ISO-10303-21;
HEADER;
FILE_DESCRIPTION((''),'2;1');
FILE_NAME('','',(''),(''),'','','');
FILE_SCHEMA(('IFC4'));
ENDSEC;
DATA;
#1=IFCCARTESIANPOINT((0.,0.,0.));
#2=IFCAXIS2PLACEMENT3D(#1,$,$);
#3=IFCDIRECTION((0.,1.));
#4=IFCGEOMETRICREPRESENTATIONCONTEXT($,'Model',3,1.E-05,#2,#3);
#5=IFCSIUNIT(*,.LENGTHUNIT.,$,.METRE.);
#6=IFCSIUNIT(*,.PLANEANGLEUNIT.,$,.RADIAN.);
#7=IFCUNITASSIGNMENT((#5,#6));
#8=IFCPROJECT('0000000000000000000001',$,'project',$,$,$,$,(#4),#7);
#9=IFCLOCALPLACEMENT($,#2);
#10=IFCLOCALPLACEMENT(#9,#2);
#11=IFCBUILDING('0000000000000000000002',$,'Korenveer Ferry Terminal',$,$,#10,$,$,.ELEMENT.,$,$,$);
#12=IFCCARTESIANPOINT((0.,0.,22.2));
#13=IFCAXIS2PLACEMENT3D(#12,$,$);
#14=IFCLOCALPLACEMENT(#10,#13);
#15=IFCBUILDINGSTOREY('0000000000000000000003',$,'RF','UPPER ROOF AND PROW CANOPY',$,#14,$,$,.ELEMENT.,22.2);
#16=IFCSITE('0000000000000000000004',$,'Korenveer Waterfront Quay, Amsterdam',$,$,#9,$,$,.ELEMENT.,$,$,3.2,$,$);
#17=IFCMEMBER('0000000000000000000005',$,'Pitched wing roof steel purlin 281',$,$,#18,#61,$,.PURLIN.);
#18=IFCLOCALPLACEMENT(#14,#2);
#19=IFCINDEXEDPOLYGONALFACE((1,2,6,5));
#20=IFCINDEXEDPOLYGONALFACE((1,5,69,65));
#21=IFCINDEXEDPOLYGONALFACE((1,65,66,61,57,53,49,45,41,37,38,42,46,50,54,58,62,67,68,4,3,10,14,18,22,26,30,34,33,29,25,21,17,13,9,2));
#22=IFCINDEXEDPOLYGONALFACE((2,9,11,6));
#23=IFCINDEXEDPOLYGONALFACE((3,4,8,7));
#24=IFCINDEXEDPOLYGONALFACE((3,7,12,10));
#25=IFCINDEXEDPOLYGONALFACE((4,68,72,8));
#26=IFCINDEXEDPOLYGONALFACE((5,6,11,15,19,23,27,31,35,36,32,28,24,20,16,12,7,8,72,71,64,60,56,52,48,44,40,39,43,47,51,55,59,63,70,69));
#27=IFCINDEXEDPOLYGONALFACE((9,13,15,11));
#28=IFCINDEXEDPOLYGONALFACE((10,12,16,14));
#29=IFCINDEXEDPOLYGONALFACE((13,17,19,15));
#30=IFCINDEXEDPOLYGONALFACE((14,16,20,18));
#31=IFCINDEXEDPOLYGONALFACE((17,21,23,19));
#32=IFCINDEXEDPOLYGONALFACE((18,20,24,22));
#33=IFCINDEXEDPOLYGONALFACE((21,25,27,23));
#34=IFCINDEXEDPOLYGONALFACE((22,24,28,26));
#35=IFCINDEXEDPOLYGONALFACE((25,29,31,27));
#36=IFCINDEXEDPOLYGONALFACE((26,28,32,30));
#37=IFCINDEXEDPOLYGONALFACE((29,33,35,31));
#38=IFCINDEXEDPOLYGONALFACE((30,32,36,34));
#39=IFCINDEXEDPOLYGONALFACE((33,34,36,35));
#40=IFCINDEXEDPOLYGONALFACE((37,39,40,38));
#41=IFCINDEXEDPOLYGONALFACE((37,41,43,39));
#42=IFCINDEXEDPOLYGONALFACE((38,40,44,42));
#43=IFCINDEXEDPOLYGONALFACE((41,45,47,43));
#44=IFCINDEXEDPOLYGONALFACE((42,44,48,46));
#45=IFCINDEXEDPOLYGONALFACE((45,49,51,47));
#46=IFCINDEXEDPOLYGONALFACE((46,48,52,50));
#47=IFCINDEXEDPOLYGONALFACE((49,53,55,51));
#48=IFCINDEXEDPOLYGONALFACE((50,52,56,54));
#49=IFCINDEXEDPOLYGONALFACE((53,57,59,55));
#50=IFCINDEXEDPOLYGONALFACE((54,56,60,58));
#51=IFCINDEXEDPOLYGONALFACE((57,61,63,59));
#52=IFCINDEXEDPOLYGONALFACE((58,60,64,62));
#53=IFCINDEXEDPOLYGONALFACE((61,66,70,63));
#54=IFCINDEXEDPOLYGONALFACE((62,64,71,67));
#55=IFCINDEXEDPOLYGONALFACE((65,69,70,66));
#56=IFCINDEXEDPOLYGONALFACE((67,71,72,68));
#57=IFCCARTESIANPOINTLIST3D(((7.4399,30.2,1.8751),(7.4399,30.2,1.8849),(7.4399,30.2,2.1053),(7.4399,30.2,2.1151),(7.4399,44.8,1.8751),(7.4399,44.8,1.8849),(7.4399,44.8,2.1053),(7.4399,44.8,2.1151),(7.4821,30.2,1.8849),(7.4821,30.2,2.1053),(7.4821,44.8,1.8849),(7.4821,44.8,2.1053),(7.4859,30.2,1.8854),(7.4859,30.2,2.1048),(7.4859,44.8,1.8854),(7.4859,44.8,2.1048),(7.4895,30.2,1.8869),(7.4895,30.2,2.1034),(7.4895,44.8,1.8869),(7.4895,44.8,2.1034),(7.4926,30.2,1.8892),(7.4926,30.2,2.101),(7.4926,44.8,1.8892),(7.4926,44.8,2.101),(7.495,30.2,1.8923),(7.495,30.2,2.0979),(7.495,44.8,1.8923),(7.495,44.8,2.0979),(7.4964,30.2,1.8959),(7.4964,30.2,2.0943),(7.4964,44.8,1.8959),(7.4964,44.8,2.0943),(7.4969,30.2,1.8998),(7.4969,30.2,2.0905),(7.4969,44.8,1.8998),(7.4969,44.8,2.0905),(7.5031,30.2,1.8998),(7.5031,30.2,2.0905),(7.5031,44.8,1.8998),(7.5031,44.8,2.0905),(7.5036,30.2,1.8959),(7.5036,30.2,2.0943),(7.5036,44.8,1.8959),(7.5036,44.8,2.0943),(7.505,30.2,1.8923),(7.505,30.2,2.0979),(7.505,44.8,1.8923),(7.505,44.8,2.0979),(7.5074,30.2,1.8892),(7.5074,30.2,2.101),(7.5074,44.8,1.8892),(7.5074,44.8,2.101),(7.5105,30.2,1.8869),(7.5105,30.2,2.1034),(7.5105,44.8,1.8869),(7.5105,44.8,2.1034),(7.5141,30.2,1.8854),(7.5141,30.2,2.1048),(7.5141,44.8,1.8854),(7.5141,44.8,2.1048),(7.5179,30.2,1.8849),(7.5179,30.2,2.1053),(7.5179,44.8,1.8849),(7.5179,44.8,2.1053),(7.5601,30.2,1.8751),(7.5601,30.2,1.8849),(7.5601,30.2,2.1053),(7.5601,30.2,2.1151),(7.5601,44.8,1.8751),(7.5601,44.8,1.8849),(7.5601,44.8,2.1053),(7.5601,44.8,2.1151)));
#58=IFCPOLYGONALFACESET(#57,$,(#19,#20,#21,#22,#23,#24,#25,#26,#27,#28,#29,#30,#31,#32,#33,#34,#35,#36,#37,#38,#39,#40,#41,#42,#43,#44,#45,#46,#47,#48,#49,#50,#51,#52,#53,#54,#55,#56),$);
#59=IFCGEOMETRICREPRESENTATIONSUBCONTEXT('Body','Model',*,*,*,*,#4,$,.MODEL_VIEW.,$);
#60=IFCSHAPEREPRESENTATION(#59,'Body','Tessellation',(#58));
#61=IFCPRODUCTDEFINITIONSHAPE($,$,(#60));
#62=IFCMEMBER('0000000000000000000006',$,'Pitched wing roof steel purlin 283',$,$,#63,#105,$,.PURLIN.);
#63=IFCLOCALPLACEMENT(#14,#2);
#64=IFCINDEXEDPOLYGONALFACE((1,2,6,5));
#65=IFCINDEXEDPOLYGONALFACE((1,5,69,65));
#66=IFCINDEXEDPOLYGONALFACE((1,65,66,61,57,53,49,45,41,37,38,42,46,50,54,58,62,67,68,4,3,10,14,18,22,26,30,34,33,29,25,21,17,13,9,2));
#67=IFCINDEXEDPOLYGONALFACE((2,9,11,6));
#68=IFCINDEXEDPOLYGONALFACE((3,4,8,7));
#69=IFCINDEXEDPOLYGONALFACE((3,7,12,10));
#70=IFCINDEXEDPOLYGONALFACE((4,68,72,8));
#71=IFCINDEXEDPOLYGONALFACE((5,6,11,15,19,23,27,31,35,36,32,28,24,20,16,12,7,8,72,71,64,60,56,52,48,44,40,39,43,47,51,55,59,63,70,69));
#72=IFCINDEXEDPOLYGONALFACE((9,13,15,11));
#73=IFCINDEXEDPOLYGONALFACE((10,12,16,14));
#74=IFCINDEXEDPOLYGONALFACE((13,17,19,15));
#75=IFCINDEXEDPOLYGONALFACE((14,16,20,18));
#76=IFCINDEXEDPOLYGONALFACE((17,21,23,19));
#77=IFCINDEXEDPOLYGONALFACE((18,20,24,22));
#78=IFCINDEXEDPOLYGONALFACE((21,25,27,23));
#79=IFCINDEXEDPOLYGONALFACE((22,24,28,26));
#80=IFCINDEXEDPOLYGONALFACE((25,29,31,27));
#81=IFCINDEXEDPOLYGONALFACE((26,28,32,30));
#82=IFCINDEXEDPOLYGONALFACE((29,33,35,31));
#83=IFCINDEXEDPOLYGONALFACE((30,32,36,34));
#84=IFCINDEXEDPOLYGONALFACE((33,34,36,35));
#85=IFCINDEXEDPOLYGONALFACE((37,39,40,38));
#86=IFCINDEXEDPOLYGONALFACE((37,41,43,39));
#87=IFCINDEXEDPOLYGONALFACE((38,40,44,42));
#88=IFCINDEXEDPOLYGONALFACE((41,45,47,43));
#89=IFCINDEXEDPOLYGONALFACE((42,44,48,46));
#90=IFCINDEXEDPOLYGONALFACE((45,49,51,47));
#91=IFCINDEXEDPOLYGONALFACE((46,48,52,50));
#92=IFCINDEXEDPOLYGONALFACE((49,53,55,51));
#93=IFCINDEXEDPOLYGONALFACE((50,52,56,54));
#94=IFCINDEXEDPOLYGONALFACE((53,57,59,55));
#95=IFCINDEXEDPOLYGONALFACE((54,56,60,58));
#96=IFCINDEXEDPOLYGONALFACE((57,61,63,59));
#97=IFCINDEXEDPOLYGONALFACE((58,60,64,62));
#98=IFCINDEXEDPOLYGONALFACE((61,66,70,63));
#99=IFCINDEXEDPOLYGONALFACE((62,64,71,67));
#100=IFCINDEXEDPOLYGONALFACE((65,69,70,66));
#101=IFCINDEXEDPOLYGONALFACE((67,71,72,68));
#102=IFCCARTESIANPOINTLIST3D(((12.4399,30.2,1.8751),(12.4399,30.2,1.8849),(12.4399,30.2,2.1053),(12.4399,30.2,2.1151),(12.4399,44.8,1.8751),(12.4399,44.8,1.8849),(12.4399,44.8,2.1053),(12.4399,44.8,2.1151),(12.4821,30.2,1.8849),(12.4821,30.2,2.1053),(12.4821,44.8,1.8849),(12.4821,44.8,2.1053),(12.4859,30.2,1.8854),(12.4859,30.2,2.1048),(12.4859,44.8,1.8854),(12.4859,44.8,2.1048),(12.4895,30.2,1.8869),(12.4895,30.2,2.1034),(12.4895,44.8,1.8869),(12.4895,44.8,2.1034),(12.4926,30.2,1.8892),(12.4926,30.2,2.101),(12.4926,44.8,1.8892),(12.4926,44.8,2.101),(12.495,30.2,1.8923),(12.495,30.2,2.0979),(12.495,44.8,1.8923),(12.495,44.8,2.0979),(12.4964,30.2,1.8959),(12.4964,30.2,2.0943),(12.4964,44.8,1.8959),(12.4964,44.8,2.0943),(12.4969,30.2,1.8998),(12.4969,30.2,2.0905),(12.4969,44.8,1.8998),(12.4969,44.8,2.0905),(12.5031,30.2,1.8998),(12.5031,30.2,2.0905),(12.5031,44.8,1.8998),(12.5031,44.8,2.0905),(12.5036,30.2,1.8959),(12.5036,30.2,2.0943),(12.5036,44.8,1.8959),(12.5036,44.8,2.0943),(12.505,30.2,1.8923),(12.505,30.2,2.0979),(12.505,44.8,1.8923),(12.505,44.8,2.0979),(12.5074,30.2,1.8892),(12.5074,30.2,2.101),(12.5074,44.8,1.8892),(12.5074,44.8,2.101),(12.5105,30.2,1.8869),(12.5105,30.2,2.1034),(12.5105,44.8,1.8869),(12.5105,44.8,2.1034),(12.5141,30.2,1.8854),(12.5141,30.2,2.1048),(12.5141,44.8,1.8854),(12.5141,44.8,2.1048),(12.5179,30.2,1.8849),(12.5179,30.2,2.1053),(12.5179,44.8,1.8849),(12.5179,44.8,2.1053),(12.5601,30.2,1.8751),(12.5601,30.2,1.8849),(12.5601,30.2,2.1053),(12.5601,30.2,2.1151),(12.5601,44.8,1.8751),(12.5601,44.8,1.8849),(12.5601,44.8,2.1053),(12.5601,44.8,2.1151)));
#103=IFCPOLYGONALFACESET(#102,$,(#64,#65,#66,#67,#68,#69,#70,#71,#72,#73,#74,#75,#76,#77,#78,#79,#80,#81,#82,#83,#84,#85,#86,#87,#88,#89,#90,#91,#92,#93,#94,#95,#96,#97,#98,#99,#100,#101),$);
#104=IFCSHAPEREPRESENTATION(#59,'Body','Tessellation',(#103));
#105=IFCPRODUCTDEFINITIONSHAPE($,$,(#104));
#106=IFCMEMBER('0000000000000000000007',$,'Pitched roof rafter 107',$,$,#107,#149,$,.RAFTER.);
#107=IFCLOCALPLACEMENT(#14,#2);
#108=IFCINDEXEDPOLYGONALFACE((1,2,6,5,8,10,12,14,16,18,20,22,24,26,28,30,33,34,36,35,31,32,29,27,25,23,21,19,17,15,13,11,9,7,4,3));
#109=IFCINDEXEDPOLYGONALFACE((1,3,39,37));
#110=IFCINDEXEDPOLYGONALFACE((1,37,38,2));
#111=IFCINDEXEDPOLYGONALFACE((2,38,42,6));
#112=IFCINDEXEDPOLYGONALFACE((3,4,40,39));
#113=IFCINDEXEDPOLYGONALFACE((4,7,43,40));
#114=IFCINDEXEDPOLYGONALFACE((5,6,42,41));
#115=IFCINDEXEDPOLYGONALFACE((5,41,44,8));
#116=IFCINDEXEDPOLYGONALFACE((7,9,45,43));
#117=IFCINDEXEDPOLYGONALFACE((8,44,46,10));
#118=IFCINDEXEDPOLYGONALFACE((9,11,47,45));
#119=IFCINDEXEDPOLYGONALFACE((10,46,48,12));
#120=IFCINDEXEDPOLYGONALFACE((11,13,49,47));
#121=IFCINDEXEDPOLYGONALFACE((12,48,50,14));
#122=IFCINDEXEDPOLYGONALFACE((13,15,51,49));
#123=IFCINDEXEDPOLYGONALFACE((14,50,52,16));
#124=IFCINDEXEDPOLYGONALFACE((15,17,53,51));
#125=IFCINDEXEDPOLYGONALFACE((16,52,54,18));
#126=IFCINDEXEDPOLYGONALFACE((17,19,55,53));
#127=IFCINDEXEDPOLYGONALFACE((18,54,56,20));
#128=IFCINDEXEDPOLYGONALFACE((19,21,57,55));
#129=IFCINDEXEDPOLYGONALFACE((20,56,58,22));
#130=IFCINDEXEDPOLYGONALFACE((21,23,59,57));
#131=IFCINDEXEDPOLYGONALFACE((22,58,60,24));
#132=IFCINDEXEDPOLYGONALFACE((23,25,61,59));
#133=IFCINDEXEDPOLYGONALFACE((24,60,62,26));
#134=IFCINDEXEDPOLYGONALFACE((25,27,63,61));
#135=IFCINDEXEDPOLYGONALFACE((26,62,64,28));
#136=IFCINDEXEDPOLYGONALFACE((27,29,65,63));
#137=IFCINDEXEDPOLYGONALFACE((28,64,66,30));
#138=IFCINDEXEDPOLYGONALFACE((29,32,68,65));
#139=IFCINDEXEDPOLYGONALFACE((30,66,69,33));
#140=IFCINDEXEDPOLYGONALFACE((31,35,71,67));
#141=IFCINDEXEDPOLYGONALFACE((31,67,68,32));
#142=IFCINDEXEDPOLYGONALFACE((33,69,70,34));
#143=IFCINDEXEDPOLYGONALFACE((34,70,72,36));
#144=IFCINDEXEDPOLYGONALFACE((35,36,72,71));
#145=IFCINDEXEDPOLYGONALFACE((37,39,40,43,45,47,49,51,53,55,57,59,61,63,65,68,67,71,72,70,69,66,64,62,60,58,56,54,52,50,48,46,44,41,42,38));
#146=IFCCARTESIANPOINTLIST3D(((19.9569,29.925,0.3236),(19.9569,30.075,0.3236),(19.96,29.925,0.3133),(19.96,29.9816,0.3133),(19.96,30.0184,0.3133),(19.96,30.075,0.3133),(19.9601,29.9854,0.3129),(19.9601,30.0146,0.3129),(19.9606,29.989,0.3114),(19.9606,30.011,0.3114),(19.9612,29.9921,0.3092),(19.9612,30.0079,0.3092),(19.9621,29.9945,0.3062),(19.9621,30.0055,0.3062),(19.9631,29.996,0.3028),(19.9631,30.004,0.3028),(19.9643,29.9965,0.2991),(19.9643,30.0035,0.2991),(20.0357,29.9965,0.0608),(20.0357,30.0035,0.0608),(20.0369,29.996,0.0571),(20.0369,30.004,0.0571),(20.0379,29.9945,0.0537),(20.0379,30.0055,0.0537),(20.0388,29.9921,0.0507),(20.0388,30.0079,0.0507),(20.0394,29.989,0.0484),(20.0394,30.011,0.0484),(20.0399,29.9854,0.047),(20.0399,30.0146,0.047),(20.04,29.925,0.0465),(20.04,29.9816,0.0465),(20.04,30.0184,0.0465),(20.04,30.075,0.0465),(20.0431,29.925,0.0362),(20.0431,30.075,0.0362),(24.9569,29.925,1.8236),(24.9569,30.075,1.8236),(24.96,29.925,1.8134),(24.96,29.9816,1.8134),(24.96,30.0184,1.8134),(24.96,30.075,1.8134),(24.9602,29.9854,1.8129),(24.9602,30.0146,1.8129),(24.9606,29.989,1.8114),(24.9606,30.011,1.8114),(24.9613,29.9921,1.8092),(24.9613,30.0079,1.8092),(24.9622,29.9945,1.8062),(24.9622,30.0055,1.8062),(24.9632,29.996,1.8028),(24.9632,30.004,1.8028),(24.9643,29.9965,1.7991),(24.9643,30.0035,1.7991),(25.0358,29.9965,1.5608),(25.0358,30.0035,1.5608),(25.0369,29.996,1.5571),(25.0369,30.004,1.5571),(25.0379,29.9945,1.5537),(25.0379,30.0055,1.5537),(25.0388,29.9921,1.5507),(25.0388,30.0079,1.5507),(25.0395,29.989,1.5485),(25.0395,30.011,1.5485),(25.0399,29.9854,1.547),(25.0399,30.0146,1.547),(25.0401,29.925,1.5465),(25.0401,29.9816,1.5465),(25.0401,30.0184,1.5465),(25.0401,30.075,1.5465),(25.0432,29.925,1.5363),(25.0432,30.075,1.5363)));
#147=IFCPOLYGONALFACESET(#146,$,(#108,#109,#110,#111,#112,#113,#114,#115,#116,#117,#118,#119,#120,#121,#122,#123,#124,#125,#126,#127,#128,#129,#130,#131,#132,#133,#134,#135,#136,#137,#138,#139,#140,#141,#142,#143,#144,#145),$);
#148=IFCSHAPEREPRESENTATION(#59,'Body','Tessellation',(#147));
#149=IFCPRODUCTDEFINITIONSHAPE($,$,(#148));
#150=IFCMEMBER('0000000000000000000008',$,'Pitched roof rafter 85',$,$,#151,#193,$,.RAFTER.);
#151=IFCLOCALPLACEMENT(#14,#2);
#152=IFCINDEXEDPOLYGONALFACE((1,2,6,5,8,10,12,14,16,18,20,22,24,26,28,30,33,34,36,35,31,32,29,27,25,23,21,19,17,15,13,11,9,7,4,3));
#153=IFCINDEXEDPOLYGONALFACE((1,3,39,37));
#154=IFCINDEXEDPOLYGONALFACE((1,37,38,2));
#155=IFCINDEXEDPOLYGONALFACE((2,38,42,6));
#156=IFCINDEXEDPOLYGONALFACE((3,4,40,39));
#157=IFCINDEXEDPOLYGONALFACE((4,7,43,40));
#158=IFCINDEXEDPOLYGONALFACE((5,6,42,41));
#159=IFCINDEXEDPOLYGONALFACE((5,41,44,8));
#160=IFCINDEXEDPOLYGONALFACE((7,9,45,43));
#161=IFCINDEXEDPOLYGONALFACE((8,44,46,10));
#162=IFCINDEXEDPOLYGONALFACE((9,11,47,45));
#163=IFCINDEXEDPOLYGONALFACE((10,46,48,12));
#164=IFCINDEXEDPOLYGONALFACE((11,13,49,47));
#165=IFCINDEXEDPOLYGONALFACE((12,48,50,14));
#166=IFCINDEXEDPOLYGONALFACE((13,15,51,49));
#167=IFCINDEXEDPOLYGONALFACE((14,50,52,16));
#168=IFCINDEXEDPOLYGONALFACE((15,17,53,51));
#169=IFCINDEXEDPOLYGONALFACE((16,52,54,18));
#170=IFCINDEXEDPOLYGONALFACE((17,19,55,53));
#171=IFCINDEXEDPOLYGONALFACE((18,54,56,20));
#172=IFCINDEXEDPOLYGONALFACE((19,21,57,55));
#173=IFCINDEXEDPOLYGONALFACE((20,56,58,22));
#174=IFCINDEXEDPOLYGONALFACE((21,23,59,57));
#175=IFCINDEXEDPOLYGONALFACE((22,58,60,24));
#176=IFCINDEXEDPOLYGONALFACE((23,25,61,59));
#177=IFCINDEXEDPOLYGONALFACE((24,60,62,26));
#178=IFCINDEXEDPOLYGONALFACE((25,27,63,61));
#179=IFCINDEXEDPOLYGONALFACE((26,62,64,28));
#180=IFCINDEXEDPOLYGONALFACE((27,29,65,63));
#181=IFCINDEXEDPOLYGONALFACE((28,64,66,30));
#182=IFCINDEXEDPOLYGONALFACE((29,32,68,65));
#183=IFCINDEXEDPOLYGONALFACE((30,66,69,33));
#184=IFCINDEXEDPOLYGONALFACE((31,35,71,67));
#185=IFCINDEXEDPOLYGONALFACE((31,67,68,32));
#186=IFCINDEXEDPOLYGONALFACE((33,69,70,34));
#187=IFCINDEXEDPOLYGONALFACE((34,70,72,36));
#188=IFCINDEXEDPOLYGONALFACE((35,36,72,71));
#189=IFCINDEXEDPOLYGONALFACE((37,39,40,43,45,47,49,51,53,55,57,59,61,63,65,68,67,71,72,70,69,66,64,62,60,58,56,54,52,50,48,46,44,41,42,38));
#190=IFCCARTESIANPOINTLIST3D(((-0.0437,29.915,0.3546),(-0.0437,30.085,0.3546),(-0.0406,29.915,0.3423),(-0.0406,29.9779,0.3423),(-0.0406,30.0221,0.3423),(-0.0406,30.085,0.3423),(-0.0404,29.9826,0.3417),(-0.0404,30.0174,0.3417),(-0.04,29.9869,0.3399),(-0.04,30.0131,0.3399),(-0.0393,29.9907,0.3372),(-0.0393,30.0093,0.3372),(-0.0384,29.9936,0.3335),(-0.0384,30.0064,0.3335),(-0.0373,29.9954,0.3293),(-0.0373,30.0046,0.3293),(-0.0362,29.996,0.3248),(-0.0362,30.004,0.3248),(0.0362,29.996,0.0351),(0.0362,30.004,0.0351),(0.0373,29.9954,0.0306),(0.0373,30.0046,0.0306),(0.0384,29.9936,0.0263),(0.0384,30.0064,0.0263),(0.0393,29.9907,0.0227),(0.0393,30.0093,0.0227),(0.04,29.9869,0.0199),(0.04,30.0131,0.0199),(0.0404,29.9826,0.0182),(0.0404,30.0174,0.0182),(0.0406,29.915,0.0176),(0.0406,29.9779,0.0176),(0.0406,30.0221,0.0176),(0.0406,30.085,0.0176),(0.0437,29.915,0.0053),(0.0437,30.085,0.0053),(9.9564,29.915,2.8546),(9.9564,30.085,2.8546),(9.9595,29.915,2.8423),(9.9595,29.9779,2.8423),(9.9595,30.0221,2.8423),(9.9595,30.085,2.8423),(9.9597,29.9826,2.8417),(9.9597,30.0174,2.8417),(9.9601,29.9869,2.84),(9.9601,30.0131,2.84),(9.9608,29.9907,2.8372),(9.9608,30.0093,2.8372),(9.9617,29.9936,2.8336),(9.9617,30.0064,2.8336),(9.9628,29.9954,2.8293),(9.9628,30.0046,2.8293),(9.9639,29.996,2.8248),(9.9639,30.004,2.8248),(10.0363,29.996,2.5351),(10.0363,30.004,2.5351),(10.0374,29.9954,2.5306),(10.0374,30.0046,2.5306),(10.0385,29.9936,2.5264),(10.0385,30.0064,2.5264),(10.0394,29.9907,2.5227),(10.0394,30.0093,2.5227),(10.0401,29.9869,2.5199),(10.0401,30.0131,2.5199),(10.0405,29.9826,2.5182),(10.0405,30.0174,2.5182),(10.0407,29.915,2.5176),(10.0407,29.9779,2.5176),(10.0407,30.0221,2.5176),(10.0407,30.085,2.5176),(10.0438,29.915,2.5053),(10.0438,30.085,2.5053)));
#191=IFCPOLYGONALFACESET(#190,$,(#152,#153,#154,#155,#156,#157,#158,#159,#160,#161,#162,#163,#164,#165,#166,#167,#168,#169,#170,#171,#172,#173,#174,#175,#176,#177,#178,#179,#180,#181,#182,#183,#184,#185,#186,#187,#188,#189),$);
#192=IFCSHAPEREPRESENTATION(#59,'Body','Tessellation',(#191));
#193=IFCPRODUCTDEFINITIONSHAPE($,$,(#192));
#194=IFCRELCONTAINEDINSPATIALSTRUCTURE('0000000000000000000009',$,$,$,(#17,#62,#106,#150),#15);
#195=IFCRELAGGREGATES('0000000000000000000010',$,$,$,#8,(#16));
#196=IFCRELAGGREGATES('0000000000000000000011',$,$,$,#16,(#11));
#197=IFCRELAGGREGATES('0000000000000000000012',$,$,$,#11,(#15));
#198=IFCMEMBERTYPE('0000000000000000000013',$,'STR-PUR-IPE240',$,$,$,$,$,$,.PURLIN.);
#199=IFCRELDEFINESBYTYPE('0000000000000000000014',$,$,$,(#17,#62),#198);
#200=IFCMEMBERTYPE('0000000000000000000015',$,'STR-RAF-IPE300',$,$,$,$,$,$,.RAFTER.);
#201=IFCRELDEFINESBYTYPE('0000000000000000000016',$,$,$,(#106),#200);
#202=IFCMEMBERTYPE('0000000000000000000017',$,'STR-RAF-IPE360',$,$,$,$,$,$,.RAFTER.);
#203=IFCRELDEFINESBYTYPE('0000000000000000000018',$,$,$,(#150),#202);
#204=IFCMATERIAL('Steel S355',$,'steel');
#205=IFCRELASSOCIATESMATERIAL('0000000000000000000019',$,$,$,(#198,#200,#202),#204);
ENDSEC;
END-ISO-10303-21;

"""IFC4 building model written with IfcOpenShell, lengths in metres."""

from ifc_helpers import new_model, si_unit, direction, frame, origin, origin_2d, place, context, subcontext, project, spatial, i_section, extrude, material, material_profile, profile_set, type_object, element, save


model = new_model("IFC4")

# Units and contexts
model_context = context("Model", 3, precision=1e-05, world=origin(), true_north=direction((0.0, 1.0)))
body_context = subcontext(model_context, "Body", "Model", "MODEL_VIEW")
ifc_project = project(units=[si_unit("LENGTHUNIT", "METRE"), si_unit("PLANEANGLEUNIT", "RADIAN")], contexts=[model_context])

# Site, building, storey
site_placement = place(None, origin())
site = spatial("IfcSite", under=ifc_project, at=site_placement, Name="Korenveer Waterfront Quay, Amsterdam", CompositionType="ELEMENT", RefElevation=3.2)
building_placement = place(site_placement, origin())
building = spatial("IfcBuilding", under=site, at=building_placement, Name="Korenveer Ferry Terminal", CompositionType="ELEMENT")
storey_placement = place(building_placement, frame((0.0, 0.0, 22.2)))
storey = spatial("IfcBuildingStorey", under=building, at=storey_placement, Name="RF", Description="UPPER ROOF AND PROW CANOPY", CompositionType="ELEMENT", Elevation=22.2)

# Shared definitions
ifc_material_1 = material(Name="Steel S355", Category="steel")

# Members
ifc_material_profile_1 = material_profile(ifc_material_1, i_section(OverallWidth=0.1201, OverallDepth=0.24, WebThickness=0.0061, FlangeThickness=0.0098, FilletRadius=0.0149, at=origin_2d()), Name="IPE 240")
ifc_profile_set_1 = profile_set([ifc_material_profile_1], Name="Steel S355")
member_type_1 = type_object("IfcMemberType", Name="STR-PUR-IPE240", PredefinedType="PURLIN", material=ifc_profile_set_1)
for number, where, z_axis, x_axis, name in (
    (1, (7.5, 30.2, 1.9951), (0.0, 1.0, 0.0), (-1.0, 0.0, 0.0), "Pitched wing roof steel purlin 281"),
    (2, (12.5, 30.2, 1.9951), (0.0, 1.0, 0.0), (-1.0, 0.0, 0.0), "Pitched wing roof steel purlin 283"),
):
    element("IfcMember", number, at=place(storey_placement, frame(where, z_axis=z_axis, x_axis=x_axis)), inside=storey, type_object=member_type_1, Name=name, PredefinedType="PURLIN", context=body_context, shape_type="SweptSolid", body=[
        extrude(i_section(OverallWidth=0.1201, OverallDepth=0.24, WebThickness=0.0061, FlangeThickness=0.0098, FilletRadius=0.0149, at=origin_2d()), origin(), (0.0, 0.0, 1.0), 14.6001),
    ])
ifc_material_profile_2 = material_profile(ifc_material_1, i_section(OverallWidth=0.1499, OverallDepth=0.3, WebThickness=0.0071, FlangeThickness=0.0107, FilletRadius=0.0149, at=origin_2d()), Name="IPE 300")
ifc_profile_set_2 = profile_set([ifc_material_profile_2], Name="Steel S355")
member_type_2 = type_object("IfcMemberType", Name="STR-RAF-IPE300", PredefinedType="RAFTER", material=ifc_profile_set_2)
member_1_placement = place(storey_placement, frame((20.0, 30.0, 0.1799), z_axis=(0.957826, 0.0, 0.287348), x_axis=(0.0, 1.0, 0.0)))
element("IfcMember", 3, at=member_1_placement, inside=storey, type_object=member_type_2, Name="Pitched roof rafter 107", PredefinedType="RAFTER", context=body_context, shape_type="SweptSolid", body=[
    extrude(i_section(OverallWidth=0.1499, OverallDepth=0.3, WebThickness=0.0071, FlangeThickness=0.0107, FilletRadius=0.0149, at=origin_2d()), origin(), (0.0, 0.0, 1.0), 5.2202),
])
ifc_material_profile_3 = material_profile(ifc_material_1, i_section(OverallWidth=0.1699, OverallDepth=0.3601, WebThickness=0.0081, FlangeThickness=0.0127, FilletRadius=0.0181, at=origin_2d()), Name="IPE 360")
ifc_profile_set_3 = profile_set([ifc_material_profile_3], Name="Steel S355")
member_type_3 = type_object("IfcMemberType", Name="STR-RAF-IPE360", PredefinedType="RAFTER", material=ifc_profile_set_3)
for number, where, z_axis, x_axis, name in (
    (4, (0.0, 30.0, 0.1799), (0.970143, 0.0, 0.242536), (0.0, 1.0, 0.0), "Pitched roof rafter 85"),
):
    element("IfcMember", number, at=place(storey_placement, frame(where, z_axis=z_axis, x_axis=x_axis)), inside=storey, type_object=member_type_3, Name=name, PredefinedType="RAFTER", context=body_context, shape_type="SweptSolid", body=[
        extrude(i_section(OverallWidth=0.1699, OverallDepth=0.3601, WebThickness=0.0081, FlangeThickness=0.0127, FilletRadius=0.0181, at=origin_2d()), origin(), (0.0, 0.0, 1.0), 10.3079),
    ])

save(model, "model.ifc")
